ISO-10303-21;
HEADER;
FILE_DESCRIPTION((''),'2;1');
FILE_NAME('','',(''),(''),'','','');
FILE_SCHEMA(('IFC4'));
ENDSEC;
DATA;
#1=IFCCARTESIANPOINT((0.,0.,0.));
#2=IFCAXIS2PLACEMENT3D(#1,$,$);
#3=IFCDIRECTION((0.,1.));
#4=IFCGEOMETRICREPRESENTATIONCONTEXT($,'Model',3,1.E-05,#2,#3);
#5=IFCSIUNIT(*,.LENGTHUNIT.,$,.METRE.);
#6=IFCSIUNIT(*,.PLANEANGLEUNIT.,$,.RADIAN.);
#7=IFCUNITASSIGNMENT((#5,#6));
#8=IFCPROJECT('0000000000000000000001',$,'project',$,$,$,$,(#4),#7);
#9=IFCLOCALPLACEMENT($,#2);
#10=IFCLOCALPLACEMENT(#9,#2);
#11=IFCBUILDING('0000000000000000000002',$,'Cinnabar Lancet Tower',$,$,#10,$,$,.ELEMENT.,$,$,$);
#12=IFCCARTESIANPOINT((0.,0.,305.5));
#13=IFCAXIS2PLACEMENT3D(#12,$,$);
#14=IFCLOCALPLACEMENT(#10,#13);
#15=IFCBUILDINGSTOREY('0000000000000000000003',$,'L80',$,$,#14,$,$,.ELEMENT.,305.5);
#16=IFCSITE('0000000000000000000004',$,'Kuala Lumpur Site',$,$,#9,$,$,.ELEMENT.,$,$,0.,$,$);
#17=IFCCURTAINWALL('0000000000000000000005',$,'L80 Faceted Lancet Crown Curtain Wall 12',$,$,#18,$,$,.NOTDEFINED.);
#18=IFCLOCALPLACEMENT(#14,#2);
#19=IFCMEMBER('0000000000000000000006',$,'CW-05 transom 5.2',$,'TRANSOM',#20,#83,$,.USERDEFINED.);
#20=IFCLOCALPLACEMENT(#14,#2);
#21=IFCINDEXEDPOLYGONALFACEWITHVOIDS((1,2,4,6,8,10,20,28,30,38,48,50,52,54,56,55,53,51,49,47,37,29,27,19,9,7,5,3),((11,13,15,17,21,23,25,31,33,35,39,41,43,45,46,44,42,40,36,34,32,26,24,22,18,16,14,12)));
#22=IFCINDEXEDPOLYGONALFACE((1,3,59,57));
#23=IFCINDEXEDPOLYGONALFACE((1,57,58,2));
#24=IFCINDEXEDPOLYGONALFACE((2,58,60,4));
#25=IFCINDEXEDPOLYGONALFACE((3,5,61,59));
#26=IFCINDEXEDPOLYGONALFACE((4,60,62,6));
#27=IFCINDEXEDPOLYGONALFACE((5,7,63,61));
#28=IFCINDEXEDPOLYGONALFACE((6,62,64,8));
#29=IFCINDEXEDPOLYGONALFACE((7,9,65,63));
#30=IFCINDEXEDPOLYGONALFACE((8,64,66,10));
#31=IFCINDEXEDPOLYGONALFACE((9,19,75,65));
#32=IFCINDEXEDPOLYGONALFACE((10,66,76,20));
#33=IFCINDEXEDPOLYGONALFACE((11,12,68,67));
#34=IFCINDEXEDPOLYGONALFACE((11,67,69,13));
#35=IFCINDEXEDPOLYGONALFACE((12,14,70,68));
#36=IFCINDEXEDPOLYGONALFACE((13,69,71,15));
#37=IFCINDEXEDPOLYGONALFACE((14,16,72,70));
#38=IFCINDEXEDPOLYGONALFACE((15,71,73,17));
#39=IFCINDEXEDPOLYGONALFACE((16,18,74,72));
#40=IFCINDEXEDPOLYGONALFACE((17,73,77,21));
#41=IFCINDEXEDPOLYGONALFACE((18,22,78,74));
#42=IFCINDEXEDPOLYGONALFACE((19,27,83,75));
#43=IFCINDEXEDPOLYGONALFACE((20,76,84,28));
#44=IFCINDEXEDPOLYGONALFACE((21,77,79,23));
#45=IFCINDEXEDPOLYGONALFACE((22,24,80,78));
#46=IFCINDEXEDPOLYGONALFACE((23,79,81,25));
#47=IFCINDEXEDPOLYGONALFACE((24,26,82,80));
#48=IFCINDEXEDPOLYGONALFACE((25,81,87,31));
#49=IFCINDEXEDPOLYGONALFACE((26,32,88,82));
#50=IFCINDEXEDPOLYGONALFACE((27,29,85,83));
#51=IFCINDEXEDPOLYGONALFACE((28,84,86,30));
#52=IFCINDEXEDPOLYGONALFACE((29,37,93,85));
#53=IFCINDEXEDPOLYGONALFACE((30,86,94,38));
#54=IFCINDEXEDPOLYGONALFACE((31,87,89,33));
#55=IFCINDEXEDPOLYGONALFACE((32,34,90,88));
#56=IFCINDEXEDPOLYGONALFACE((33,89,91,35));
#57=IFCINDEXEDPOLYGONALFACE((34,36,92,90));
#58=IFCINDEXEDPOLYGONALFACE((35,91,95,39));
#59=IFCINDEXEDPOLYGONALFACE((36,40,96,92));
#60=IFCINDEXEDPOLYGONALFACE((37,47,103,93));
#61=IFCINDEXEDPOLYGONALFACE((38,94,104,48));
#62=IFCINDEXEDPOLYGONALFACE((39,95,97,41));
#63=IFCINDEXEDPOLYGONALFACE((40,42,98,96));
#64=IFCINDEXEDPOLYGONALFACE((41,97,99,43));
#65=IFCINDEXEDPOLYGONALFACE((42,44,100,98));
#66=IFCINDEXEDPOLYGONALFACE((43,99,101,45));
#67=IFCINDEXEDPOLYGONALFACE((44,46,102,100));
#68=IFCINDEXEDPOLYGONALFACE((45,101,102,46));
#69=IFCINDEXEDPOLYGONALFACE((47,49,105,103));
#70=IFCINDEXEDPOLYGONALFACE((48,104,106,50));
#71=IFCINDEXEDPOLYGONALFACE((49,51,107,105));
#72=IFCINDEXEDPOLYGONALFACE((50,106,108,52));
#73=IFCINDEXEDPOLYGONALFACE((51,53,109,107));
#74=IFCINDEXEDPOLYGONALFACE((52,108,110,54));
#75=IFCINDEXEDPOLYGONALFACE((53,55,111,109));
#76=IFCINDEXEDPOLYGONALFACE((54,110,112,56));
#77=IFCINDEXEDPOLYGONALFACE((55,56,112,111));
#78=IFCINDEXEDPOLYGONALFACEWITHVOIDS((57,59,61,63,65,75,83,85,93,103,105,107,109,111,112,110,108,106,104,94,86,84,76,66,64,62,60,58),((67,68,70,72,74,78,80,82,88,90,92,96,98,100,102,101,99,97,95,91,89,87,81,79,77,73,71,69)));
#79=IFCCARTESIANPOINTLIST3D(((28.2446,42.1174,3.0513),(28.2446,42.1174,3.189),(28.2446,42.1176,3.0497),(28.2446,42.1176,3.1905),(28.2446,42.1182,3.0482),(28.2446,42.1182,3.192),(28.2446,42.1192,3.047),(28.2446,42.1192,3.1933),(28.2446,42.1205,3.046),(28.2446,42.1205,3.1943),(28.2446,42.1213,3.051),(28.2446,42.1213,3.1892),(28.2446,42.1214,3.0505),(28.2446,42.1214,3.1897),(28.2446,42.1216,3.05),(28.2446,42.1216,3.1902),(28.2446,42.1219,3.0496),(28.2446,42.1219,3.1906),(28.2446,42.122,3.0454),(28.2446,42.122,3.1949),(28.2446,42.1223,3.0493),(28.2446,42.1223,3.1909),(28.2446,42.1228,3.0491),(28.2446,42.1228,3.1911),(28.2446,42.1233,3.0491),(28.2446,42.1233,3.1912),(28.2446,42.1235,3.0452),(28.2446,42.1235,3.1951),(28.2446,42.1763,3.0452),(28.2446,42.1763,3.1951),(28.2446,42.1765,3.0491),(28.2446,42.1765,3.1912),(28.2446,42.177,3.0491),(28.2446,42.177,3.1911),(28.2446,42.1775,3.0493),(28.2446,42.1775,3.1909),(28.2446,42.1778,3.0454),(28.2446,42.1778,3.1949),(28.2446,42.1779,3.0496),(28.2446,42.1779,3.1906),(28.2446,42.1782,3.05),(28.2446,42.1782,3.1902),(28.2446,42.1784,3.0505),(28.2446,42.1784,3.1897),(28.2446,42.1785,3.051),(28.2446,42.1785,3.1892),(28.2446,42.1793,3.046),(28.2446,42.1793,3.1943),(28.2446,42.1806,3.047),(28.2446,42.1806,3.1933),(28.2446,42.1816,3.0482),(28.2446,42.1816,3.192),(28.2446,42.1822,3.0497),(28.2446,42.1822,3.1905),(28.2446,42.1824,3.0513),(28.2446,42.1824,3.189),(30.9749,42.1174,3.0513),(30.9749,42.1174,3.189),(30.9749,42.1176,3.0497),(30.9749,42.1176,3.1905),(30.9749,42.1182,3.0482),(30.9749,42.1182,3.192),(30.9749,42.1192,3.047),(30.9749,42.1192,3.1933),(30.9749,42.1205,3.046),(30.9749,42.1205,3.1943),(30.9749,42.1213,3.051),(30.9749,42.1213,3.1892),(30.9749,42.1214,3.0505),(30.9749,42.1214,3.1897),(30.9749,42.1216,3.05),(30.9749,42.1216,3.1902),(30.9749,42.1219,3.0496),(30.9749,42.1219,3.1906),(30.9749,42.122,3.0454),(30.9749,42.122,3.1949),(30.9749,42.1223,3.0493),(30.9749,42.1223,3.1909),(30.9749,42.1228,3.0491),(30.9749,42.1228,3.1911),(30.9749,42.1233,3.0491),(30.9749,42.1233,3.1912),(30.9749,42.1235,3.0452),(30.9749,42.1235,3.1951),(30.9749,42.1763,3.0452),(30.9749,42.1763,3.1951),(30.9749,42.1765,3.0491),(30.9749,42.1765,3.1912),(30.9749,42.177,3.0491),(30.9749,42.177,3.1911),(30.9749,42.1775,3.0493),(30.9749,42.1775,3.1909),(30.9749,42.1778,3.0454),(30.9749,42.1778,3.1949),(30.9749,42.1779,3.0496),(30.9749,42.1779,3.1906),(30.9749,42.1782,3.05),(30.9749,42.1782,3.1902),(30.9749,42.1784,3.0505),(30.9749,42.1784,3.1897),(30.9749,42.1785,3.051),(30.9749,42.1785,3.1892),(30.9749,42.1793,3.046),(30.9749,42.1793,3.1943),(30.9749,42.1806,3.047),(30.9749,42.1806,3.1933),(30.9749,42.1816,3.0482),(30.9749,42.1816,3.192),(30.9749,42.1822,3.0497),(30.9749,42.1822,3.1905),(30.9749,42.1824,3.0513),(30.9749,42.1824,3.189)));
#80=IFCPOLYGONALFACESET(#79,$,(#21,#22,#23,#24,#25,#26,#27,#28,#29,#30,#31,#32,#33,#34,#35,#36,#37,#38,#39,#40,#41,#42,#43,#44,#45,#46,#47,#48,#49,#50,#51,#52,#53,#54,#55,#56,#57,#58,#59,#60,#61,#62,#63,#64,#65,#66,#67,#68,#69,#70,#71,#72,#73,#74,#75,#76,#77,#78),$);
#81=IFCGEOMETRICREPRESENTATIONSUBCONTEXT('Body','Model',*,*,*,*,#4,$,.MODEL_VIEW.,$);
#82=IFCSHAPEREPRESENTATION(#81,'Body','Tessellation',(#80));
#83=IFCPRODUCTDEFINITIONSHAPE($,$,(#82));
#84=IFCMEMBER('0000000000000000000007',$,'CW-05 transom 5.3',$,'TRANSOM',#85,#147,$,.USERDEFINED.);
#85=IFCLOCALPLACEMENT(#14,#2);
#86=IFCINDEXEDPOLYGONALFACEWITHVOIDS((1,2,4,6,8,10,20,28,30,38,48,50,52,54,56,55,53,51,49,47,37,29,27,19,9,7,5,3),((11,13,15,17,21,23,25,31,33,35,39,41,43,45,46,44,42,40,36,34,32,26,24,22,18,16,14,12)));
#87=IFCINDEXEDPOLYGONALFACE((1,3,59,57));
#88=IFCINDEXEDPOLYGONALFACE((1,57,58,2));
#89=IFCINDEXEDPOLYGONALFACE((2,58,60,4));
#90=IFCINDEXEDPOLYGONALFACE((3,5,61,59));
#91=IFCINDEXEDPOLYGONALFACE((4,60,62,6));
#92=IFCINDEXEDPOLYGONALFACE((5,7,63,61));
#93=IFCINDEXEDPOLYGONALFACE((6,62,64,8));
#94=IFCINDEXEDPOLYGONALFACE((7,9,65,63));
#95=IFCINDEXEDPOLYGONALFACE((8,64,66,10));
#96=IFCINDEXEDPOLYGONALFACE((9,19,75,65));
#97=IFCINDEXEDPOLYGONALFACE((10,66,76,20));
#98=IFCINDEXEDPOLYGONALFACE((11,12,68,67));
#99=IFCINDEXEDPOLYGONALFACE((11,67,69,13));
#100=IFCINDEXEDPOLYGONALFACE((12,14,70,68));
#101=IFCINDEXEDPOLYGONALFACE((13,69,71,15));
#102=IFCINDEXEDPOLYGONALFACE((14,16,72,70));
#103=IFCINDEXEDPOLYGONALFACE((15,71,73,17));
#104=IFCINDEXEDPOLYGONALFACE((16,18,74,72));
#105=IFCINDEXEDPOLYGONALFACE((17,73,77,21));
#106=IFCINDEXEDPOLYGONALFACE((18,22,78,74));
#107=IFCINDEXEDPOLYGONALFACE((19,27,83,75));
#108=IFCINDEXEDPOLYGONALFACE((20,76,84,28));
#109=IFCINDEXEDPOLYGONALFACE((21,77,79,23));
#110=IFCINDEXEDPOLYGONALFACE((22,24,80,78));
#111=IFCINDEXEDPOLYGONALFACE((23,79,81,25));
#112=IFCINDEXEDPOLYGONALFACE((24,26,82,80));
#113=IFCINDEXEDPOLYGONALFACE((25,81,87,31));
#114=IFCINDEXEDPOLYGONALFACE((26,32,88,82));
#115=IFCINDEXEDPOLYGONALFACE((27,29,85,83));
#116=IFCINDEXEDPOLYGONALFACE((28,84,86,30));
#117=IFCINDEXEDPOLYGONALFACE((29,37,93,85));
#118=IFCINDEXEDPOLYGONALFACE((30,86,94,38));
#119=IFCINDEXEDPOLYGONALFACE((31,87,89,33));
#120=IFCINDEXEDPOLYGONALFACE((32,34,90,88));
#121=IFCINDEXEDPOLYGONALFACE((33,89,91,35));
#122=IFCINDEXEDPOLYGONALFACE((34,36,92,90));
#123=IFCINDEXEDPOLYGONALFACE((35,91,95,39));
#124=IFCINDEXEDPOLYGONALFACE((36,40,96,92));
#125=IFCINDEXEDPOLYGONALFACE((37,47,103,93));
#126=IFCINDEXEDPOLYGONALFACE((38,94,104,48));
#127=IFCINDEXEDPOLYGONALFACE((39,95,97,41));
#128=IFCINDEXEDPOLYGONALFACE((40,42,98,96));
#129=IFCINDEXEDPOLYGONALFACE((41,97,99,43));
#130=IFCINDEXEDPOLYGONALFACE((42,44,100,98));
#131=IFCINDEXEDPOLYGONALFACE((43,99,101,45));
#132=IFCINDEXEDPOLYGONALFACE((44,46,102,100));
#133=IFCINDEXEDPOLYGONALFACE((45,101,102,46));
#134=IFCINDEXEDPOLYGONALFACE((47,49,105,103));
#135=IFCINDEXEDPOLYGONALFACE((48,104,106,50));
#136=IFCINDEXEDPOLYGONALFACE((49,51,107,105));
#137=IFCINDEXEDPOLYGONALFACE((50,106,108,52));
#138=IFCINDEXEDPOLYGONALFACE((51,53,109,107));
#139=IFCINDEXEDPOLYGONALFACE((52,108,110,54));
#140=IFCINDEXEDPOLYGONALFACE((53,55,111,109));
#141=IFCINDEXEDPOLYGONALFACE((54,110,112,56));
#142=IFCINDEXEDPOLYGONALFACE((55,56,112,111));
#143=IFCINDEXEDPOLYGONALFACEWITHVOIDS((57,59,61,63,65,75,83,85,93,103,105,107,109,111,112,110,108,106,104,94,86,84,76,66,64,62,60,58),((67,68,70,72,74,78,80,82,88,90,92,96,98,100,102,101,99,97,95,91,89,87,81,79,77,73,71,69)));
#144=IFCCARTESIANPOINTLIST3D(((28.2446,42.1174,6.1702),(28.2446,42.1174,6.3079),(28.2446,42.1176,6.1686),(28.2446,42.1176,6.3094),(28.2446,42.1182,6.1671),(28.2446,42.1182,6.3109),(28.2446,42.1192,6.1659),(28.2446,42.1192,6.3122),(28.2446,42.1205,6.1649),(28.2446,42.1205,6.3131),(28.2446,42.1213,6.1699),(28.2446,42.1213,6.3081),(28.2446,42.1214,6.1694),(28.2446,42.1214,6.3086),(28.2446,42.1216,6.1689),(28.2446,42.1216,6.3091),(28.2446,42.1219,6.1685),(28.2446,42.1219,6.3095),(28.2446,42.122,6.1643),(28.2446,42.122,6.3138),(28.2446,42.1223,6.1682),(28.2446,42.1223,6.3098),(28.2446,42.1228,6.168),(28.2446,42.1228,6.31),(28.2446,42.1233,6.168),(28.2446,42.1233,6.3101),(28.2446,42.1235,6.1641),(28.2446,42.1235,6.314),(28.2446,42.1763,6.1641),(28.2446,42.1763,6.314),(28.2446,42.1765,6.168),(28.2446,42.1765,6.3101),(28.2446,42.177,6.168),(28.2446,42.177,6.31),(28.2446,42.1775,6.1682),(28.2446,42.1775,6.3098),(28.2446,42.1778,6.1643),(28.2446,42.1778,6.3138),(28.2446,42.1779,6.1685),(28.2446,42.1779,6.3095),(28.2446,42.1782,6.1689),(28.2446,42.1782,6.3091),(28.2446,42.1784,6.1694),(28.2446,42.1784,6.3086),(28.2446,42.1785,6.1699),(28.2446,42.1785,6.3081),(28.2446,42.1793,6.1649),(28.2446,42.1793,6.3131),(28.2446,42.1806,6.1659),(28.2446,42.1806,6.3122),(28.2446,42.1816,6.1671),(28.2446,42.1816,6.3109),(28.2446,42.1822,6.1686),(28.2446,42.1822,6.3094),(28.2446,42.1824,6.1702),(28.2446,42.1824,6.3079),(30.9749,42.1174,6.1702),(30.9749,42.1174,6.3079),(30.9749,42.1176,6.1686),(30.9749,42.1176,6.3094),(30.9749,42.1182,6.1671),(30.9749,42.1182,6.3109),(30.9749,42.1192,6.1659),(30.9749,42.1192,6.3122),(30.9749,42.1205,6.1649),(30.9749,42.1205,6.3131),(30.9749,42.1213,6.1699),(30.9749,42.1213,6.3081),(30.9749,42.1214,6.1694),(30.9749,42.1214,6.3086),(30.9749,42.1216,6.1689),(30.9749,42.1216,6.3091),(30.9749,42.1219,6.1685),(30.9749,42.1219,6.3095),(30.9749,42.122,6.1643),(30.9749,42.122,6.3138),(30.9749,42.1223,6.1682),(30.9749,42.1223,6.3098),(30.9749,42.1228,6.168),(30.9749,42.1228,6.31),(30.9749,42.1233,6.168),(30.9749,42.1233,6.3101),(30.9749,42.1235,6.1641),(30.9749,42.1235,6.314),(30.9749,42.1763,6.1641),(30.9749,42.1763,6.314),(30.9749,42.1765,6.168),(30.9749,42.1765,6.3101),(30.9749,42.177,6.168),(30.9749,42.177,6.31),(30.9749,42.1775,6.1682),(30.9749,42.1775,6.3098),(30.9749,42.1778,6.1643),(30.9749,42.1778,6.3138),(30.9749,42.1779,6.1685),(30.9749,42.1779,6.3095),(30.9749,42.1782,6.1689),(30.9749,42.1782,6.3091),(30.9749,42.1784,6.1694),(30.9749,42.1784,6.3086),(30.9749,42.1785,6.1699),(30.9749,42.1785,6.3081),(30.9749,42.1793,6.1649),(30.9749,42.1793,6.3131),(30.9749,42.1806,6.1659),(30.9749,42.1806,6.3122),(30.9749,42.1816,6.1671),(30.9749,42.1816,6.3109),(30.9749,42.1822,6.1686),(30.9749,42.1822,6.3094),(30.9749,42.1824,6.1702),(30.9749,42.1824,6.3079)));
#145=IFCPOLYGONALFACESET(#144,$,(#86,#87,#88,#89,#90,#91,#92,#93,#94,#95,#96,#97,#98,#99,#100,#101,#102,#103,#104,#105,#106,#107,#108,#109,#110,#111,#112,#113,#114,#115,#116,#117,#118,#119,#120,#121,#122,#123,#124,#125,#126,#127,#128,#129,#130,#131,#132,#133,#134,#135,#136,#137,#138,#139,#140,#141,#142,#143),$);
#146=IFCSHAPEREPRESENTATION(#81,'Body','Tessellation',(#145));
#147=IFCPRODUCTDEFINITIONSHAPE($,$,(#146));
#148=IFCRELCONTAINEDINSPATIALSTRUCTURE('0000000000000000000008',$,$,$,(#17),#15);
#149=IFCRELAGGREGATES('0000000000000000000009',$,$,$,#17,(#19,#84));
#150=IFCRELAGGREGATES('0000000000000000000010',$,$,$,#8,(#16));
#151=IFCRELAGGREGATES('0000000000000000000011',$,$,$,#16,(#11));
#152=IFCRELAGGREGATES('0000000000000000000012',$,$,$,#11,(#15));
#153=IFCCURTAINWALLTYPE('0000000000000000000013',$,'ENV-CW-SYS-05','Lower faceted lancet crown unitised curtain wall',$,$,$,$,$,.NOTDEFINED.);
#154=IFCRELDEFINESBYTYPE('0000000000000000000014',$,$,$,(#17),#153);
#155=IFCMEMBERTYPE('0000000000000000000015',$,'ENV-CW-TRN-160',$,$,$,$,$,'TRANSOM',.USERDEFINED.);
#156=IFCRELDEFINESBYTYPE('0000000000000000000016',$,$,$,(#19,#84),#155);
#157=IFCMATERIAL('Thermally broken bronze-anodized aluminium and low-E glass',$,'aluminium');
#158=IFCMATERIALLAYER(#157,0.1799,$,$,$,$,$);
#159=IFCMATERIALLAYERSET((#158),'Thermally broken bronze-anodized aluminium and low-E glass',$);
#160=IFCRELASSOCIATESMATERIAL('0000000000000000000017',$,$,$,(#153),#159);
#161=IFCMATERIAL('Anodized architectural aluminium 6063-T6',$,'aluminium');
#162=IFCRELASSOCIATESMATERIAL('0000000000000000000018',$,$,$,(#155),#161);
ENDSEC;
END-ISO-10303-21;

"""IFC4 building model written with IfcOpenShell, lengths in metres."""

from ifc_helpers import new_model, si_unit, direction, frame, origin, origin_2d, place, context, subcontext, project, spatial, hollow_rectangle, extrude, material, layer, layer_set, material_profile, profile_set, type_object, element, aggregate, save


model = new_model("IFC4")

# Units and contexts
model_context = context("Model", 3, precision=1e-05, world=origin(), true_north=direction((0.0, 1.0)))
body_context = subcontext(model_context, "Body", "Model", "MODEL_VIEW")
ifc_project = project(units=[si_unit("LENGTHUNIT", "METRE"), si_unit("PLANEANGLEUNIT", "RADIAN")], contexts=[model_context])

# Site, building, storey
site_placement = place(None, origin())
site = spatial("IfcSite", under=ifc_project, at=site_placement, Name="Kuala Lumpur Site", CompositionType="ELEMENT", RefElevation=0.0)
building_placement = place(site_placement, origin())
building = spatial("IfcBuilding", under=site, at=building_placement, Name="Cinnabar Lancet Tower", CompositionType="ELEMENT")
storey_placement = place(building_placement, frame((0.0, 0.0, 305.5)))
storey = spatial("IfcBuildingStorey", under=building, at=storey_placement, Name="L80", CompositionType="ELEMENT", Elevation=305.5)

# Curtain wall
ifc_material_1 = material(Name="Thermally broken bronze-anodized aluminium and low-E glass", Category="aluminium")
ifc_layer_1 = layer(ifc_material_1, 0.1799)
ifc_layer_set_1 = layer_set([ifc_layer_1], Name="Thermally broken bronze-anodized aluminium and low-E glass")
curtain_wall_type = type_object("IfcCurtainWallType", Name="ENV-CW-SYS-05", Description="Lower faceted lancet crown unitised curtain wall", PredefinedType="NOTDEFINED", material=ifc_layer_set_1)
curtain_wall_1_placement = place(storey_placement, origin())
curtain_wall_1 = element("IfcCurtainWall", 1, at=curtain_wall_1_placement, inside=storey, type_object=curtain_wall_type, Name="L80 Faceted Lancet Crown Curtain Wall 12", PredefinedType="NOTDEFINED")

# Members
ifc_material_2 = material(Name="Anodized architectural aluminium 6063-T6", Category="aluminium")
ifc_material_profile_1 = material_profile(ifc_material_2, hollow_rectangle(XDim=0.0649, YDim=0.1499, WallThickness=0.0039, InnerFilletRadius=0.002, OuterFilletRadius=0.0061, at=origin_2d()), Name="CW-TRN 150x65x4")
ifc_profile_set_1 = profile_set([ifc_material_profile_1], Name="Anodized architectural aluminium 6063-T6")
member_type_1 = type_object("IfcMemberType", Name="ENV-CW-TRN-160", ElementType="TRANSOM", PredefinedType="USERDEFINED", material=ifc_profile_set_1)
member_1_placement = place(storey_placement, frame((30.9749, 42.1499, 3.1201), z_axis=(-1.0, 0.0, 0.0), x_axis=(0.0, -1.0, 0.0)))
member_1 = element("IfcMember", 2, at=member_1_placement, type_object=member_type_1, Name="CW-05 transom 5.2", ObjectType="TRANSOM", PredefinedType="USERDEFINED", context=body_context, shape_type="SweptSolid", body=[
    extrude(hollow_rectangle(XDim=0.0649, YDim=0.1499, WallThickness=0.0039, InnerFilletRadius=0.002, OuterFilletRadius=0.0061, at=origin_2d()), origin(), (0.0, 0.0, 1.0), 2.7302),
])
member_2_placement = place(storey_placement, frame((30.9749, 42.1499, 6.239), z_axis=(-1.0, 0.0, 0.0), x_axis=(0.0, -1.0, 0.0)))
member_2 = element("IfcMember", 3, at=member_2_placement, type_object=member_type_1, Name="CW-05 transom 5.3", ObjectType="TRANSOM", PredefinedType="USERDEFINED", context=body_context, shape_type="SweptSolid", body=[
    extrude(hollow_rectangle(XDim=0.0649, YDim=0.1499, WallThickness=0.0039, InnerFilletRadius=0.002, OuterFilletRadius=0.0061, at=origin_2d()), origin(), (0.0, 0.0, 1.0), 2.7302),
])

aggregate(curtain_wall_1, [member_1, member_2])

save(model, "model.ifc")
